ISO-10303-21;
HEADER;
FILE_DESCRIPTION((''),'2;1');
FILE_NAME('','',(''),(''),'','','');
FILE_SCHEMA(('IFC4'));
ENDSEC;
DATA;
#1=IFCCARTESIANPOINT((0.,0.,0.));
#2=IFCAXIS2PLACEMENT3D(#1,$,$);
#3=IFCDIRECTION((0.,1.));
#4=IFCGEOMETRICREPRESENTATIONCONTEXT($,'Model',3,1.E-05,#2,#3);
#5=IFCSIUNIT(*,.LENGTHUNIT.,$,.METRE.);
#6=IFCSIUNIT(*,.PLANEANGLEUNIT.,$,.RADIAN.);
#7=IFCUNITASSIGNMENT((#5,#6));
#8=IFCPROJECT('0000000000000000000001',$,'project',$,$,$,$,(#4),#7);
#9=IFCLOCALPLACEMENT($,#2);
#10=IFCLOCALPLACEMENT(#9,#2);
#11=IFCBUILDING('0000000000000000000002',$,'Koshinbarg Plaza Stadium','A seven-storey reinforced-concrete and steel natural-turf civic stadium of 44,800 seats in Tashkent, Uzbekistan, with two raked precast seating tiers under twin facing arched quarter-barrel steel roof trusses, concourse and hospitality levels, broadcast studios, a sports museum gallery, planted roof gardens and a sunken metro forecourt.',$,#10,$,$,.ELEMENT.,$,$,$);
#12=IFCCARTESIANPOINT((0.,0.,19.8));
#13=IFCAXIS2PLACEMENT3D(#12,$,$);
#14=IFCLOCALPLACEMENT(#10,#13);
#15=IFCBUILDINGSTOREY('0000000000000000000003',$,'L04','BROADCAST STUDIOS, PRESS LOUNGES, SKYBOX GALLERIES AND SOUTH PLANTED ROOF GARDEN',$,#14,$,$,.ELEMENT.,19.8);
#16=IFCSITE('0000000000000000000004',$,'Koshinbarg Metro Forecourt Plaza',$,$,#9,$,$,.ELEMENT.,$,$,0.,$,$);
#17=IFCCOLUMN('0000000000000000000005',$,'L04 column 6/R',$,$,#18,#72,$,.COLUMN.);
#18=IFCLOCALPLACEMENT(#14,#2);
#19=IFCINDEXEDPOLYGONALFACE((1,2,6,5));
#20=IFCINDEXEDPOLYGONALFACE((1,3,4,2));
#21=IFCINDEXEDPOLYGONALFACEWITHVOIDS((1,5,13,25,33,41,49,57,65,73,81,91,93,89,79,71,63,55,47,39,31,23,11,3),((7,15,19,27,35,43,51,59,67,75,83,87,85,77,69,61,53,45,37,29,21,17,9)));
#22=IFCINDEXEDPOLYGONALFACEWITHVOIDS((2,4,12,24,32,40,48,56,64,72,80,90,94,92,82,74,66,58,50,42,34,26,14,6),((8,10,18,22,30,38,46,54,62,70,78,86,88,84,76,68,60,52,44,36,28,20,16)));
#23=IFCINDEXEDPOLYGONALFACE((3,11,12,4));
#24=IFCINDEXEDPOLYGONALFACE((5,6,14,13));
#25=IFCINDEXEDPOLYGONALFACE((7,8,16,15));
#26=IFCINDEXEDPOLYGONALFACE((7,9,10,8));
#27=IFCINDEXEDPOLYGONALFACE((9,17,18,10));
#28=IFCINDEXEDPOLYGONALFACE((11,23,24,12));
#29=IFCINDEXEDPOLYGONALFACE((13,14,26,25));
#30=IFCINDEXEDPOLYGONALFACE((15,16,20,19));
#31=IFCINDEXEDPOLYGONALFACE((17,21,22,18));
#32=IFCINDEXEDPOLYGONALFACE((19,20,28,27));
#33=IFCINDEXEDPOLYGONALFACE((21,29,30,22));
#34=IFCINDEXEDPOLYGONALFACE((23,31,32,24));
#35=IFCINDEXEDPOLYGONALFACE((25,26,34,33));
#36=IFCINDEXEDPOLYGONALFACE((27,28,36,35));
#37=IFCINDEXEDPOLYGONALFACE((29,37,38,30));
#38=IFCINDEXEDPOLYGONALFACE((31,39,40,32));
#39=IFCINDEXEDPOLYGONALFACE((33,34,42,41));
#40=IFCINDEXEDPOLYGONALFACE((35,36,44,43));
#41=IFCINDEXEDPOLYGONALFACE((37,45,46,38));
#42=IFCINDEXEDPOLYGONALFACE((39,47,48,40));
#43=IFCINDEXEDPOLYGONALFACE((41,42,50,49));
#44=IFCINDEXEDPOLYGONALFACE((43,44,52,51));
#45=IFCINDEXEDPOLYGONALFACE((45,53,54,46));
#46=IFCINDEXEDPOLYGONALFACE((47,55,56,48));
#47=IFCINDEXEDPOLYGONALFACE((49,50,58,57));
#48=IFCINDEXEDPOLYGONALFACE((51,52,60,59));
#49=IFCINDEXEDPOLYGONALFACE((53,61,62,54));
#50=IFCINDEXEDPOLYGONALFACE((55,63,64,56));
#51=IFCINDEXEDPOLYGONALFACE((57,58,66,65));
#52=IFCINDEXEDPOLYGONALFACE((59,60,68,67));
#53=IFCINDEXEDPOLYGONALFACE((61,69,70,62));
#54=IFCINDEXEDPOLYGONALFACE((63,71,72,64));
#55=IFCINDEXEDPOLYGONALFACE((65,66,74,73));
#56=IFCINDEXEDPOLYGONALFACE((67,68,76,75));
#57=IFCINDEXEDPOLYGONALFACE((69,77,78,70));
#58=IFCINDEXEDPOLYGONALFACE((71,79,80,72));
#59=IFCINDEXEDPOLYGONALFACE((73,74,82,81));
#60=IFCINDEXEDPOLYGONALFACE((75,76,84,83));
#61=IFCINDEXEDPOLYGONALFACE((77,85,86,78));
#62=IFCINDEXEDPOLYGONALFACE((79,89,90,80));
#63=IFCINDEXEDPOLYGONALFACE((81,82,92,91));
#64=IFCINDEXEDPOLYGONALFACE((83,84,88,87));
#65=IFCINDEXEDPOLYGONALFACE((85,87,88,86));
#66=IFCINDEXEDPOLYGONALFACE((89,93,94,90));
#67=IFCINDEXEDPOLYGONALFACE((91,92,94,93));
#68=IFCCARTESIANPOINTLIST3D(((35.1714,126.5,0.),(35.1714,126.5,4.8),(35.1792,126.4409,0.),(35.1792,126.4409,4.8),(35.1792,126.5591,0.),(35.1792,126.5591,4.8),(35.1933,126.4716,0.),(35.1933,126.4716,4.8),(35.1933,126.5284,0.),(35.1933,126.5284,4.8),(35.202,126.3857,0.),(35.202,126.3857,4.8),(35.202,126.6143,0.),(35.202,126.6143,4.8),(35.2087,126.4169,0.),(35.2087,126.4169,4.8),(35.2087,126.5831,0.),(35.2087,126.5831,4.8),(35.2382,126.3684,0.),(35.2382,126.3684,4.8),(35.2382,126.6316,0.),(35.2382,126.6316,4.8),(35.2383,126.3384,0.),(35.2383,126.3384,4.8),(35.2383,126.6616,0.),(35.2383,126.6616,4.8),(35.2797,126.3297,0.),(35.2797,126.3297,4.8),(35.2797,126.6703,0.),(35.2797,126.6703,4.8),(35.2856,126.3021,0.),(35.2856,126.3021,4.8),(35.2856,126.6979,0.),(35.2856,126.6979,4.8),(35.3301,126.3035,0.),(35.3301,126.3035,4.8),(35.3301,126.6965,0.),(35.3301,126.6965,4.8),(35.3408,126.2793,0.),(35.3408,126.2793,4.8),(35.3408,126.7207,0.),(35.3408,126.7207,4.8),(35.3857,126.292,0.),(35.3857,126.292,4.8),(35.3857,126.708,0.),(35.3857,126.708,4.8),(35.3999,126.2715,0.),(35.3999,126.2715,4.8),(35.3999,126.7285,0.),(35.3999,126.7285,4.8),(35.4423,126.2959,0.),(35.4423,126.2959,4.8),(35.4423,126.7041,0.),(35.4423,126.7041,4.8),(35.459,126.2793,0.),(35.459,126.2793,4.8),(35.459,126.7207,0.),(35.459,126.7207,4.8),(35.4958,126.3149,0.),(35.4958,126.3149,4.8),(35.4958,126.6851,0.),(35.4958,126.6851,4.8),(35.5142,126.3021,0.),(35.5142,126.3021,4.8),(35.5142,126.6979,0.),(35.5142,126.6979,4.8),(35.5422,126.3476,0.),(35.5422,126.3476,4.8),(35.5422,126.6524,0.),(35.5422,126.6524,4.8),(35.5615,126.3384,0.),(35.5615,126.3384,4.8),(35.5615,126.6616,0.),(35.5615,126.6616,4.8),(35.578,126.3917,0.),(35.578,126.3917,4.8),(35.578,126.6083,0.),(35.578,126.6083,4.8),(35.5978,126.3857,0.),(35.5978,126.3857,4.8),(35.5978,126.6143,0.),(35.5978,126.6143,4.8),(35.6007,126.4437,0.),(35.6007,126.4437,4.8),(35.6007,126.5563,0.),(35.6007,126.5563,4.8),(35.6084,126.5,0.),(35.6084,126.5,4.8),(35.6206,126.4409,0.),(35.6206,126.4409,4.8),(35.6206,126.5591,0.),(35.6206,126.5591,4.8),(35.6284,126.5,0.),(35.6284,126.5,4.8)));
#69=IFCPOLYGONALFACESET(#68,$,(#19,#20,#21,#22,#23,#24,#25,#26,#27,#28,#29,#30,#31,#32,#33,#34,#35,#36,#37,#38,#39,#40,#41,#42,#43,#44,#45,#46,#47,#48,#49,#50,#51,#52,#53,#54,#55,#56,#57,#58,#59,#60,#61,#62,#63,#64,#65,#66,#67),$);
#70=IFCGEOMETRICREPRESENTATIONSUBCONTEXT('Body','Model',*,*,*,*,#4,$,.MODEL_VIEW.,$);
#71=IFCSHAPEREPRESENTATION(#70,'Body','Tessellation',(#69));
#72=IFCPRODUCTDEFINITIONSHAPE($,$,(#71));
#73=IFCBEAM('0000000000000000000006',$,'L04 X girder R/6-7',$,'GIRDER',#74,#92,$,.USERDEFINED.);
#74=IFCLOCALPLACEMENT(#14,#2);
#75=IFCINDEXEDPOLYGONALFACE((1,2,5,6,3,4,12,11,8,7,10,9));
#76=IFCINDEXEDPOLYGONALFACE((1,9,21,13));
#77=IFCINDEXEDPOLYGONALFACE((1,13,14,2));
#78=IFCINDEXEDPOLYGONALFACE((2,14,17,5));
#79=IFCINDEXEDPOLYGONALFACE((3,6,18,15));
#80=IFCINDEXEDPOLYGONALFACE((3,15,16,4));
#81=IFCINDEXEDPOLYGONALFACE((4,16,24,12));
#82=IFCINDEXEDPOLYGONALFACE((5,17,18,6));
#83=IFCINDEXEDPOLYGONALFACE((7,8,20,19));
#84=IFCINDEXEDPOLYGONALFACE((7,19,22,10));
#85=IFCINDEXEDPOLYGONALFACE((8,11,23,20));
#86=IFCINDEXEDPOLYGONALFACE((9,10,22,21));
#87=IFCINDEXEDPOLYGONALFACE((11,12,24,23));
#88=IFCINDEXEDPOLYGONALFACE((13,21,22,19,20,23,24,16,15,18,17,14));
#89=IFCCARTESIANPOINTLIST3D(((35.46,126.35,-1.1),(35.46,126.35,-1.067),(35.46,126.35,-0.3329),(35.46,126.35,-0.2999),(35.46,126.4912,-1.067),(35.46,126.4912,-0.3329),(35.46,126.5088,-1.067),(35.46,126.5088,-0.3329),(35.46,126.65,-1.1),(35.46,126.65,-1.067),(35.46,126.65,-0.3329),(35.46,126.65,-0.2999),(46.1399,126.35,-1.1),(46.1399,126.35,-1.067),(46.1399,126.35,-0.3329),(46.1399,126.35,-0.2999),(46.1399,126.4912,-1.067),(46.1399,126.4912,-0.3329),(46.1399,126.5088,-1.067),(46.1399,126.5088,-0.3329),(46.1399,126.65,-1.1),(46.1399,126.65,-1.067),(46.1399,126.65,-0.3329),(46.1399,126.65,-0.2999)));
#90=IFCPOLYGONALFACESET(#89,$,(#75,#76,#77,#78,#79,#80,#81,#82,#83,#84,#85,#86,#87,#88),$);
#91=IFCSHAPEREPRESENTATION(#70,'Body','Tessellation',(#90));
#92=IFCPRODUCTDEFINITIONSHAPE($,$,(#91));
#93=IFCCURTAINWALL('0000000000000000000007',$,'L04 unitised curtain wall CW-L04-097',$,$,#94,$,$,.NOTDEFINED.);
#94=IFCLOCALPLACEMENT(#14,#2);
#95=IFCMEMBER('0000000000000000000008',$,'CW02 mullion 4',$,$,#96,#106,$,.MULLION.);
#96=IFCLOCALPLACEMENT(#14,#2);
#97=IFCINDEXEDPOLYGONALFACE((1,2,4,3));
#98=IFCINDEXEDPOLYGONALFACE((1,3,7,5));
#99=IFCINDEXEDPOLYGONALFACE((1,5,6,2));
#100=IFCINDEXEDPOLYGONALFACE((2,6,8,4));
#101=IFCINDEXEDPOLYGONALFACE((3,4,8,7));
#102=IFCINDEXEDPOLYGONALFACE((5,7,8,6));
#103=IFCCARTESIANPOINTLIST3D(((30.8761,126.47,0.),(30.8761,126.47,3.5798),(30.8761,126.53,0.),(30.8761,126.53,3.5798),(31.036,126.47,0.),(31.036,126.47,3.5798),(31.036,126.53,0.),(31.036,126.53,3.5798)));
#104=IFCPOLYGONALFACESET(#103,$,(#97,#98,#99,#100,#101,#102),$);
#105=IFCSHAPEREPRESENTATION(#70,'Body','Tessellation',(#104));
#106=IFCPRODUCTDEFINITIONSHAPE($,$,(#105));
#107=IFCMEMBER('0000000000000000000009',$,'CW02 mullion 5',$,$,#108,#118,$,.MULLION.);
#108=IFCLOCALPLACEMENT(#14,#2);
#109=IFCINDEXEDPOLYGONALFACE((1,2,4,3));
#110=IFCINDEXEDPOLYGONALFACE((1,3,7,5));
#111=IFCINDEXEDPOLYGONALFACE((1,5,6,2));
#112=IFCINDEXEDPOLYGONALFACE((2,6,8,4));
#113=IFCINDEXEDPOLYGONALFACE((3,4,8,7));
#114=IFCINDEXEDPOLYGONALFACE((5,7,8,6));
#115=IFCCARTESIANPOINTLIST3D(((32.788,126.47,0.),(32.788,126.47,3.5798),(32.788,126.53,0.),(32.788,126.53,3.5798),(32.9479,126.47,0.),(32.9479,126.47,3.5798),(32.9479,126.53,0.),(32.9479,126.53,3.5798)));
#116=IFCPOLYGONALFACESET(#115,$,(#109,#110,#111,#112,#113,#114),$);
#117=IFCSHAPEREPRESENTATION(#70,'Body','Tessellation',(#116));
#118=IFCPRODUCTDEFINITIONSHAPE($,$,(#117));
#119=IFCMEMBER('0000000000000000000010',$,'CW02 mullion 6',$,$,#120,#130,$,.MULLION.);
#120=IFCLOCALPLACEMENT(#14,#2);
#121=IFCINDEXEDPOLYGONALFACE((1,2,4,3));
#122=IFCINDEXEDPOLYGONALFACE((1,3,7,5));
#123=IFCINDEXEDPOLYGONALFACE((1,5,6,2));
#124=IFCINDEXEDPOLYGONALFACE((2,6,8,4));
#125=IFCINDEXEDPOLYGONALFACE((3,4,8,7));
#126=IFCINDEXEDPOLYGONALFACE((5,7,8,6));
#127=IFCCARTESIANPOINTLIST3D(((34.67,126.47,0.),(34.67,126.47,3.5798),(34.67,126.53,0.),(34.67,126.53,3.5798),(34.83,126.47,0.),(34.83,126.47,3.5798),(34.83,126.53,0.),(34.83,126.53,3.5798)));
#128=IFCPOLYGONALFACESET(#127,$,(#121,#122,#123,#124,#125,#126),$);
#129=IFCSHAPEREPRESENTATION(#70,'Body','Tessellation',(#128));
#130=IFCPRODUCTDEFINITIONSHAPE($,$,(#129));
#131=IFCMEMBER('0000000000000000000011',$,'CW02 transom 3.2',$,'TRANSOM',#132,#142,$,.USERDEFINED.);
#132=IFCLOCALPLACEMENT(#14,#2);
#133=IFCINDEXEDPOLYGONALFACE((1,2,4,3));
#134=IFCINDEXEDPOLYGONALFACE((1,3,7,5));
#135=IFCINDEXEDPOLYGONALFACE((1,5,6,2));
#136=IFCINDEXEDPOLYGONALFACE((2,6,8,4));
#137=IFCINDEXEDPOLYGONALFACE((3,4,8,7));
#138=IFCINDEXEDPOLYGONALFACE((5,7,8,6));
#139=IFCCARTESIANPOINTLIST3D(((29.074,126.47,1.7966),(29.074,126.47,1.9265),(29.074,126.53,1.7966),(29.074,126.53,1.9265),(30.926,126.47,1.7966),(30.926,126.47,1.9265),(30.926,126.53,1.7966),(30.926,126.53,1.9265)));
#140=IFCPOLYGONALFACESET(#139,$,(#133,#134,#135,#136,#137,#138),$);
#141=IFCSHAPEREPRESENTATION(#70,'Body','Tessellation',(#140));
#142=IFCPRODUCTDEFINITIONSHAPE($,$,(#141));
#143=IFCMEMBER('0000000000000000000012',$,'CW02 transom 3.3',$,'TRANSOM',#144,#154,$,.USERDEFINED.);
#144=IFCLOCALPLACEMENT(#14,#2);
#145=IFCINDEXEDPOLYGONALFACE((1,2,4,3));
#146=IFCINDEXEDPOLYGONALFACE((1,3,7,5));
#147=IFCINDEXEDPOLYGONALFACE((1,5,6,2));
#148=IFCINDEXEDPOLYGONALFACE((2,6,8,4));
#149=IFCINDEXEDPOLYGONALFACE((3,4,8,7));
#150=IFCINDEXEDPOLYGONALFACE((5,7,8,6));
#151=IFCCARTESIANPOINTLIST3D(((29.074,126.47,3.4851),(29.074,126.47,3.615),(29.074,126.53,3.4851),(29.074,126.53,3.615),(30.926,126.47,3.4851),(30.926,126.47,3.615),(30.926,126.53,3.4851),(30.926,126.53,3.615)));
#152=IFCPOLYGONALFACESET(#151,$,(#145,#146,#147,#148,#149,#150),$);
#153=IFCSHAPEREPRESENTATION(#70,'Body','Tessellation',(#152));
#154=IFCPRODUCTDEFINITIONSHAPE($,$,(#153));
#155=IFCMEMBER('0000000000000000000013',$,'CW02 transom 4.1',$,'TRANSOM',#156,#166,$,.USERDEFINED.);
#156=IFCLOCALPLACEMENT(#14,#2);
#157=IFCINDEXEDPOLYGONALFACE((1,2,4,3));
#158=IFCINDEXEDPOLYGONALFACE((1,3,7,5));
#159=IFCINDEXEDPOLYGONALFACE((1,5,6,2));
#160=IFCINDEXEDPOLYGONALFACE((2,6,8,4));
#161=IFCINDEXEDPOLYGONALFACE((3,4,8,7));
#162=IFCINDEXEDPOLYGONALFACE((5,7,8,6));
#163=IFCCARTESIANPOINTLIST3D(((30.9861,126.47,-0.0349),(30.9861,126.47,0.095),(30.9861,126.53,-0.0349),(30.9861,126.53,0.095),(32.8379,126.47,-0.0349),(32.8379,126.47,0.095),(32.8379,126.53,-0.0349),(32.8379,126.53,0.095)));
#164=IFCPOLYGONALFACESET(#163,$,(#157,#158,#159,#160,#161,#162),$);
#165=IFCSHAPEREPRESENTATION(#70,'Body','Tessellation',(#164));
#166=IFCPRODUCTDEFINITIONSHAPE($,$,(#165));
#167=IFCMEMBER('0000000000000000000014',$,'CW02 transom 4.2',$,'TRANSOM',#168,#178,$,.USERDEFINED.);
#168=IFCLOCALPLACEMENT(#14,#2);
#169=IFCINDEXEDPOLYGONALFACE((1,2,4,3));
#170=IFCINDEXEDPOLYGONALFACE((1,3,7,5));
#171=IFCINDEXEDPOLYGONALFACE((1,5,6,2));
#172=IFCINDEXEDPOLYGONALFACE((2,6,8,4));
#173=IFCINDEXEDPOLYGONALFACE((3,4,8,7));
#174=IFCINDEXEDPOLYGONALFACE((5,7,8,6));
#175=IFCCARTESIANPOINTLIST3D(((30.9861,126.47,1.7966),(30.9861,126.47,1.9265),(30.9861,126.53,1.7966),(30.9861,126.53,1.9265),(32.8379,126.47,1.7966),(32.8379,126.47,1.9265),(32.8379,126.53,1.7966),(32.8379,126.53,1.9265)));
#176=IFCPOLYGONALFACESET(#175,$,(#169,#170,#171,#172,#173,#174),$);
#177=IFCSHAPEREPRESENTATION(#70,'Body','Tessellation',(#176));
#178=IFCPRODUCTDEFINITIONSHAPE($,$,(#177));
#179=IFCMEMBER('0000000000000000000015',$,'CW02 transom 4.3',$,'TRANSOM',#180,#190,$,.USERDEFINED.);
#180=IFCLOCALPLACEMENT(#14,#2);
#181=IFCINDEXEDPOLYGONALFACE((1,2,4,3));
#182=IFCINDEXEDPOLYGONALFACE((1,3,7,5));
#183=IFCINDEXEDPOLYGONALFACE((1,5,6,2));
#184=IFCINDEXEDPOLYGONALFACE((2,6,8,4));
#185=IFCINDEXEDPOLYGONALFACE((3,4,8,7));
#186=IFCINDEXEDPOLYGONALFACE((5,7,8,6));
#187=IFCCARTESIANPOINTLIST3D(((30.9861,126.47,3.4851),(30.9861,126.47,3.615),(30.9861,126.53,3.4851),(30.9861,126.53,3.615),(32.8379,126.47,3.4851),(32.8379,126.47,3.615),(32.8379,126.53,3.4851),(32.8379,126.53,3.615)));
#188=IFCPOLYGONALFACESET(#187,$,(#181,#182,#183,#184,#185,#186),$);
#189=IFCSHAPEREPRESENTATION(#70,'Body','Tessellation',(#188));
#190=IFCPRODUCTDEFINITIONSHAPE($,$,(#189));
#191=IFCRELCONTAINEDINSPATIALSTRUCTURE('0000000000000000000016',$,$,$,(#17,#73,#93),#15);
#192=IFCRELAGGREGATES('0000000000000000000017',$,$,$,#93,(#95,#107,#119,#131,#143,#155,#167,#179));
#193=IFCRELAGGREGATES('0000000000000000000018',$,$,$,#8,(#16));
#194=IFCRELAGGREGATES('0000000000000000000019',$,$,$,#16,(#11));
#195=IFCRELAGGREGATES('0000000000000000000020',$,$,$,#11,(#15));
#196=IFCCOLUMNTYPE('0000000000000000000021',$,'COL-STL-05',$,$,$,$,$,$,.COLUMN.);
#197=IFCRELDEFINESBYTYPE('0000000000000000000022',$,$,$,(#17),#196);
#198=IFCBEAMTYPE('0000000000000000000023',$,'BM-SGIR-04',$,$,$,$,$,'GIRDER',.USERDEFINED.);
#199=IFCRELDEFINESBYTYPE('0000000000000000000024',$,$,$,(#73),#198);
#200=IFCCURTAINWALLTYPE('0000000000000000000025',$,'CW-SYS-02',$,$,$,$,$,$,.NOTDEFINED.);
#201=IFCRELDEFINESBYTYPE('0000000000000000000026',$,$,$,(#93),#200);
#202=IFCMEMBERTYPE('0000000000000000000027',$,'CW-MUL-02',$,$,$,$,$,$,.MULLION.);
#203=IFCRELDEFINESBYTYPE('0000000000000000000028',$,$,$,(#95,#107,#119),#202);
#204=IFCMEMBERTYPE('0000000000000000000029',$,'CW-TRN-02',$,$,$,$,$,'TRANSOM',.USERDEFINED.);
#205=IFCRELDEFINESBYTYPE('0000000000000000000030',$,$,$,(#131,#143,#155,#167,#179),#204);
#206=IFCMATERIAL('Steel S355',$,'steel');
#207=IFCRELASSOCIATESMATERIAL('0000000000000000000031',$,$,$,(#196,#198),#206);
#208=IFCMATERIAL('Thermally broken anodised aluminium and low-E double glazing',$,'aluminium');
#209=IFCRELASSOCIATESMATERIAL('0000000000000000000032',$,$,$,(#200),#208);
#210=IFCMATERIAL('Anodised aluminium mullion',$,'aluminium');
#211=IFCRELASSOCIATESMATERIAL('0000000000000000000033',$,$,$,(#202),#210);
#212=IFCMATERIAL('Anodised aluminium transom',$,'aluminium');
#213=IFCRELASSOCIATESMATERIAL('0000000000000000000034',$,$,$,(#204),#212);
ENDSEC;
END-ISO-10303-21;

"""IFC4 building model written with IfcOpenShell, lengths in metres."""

from ifc_helpers import new_model, si_unit, direction, frame, origin, origin_2d, place, context, subcontext, project, spatial, rectangle, hollow_circle, i_section, extrude, material, material_profile, profile_set, type_object, element, aggregate, save


model = new_model("IFC4")

# Units and contexts
model_context = context("Model", 3, precision=1e-05, world=origin(), true_north=direction((0.0, 1.0)))
body_context = subcontext(model_context, "Body", "Model", "MODEL_VIEW")
ifc_project = project(units=[si_unit("LENGTHUNIT", "METRE"), si_unit("PLANEANGLEUNIT", "RADIAN")], contexts=[model_context])

# Site, building, storey
site_placement = place(None, origin())
site = spatial("IfcSite", under=ifc_project, at=site_placement, Name="Koshinbarg Metro Forecourt Plaza", CompositionType="ELEMENT", RefElevation=0.0)
building_placement = place(site_placement, origin())
building = spatial("IfcBuilding", under=site, at=building_placement, Name="Koshinbarg Plaza Stadium", Description="A seven-storey reinforced-concrete and steel natural-turf civic stadium of 44,800 seats in Tashkent, Uzbekistan, with two raked precast seating tiers under twin facing arched quarter-barrel steel roof trusses, concourse and hospitality levels, broadcast studios, a sports museum gallery, planted roof gardens and a sunken metro forecourt.", CompositionType="ELEMENT")
storey_placement = place(building_placement, frame((0.0, 0.0, 19.8)))
storey = spatial("IfcBuildingStorey", under=building, at=storey_placement, Name="L04", Description="BROADCAST STUDIOS, PRESS LOUNGES, SKYBOX GALLERIES AND SOUTH PLANTED ROOF GARDEN", CompositionType="ELEMENT", Elevation=19.8)

# Column
ifc_material_1 = material(Name="Steel S355", Category="steel")
ifc_material_profile_1 = material_profile(ifc_material_1, hollow_circle(Radius=0.2285, WallThickness=0.02, at=origin_2d()), Name="CHS 457x20")
ifc_profile_set_1 = profile_set([ifc_material_profile_1], Name="Steel S355")
column_type = type_object("IfcColumnType", Name="COL-STL-05", PredefinedType="COLUMN", material=ifc_profile_set_1)
column_placement = place(storey_placement, frame((35.3999, 126.5, 0.0), z_axis=(0.0, 0.0, 1.0), x_axis=(1.0, 0.0, 0.0)))
element("IfcColumn", 1, at=column_placement, inside=storey, type_object=column_type, Name="L04 column 6/R", PredefinedType="COLUMN", context=body_context, shape_type="SweptSolid", body=[
    extrude(hollow_circle(Radius=0.2285, WallThickness=0.02, at=origin_2d()), origin(), (0.0, 0.0, 1.0), 4.8),
])

# Beam
ifc_material_profile_2 = material_profile(ifc_material_1, i_section(OverallWidth=0.3, OverallDepth=0.8, WebThickness=0.0176, FlangeThickness=0.033, at=origin_2d()), Name="HEB 800")
ifc_profile_set_2 = profile_set([ifc_material_profile_2], Name="Steel S355")
beam_type = type_object("IfcBeamType", Name="BM-SGIR-04", ElementType="GIRDER", PredefinedType="USERDEFINED", material=ifc_profile_set_2)
beam_placement = place(storey_placement, frame((35.46, 126.5, -0.7), z_axis=(1.0, 0.0, 0.0), x_axis=(0.0, 1.0, 0.0)))
element("IfcBeam", 2, at=beam_placement, inside=storey, type_object=beam_type, Name="L04 X girder R/6-7", ObjectType="GIRDER", PredefinedType="USERDEFINED", context=body_context, shape_type="SweptSolid", body=[
    extrude(i_section(OverallWidth=0.3, OverallDepth=0.8, WebThickness=0.0176, FlangeThickness=0.033, at=origin_2d()), origin(), (0.0, 0.0, 1.0), 10.6799),
])

# Curtain wall, members
ifc_material_2 = material(Name="Thermally broken anodised aluminium and low-E double glazing", Category="aluminium")
curtain_wall_type = type_object("IfcCurtainWallType", Name="CW-SYS-02", PredefinedType="NOTDEFINED", material=ifc_material_2)
curtain_wall_placement = place(storey_placement, origin())
curtain_wall = element("IfcCurtainWall", 3, at=curtain_wall_placement, inside=storey, type_object=curtain_wall_type, Name="L04 unitised curtain wall CW-L04-097", PredefinedType="NOTDEFINED")
ifc_material_3 = material(Name="Anodised aluminium mullion", Category="aluminium")
ifc_material_profile_3 = material_profile(ifc_material_3, rectangle(XDim=0.0601, YDim=0.1599, at=origin_2d()), Name="ALU 60x160")
ifc_profile_set_3 = profile_set([ifc_material_profile_3], Name="Anodised aluminium mullion")
member_type_1 = type_object("IfcMemberType", Name="CW-MUL-02", PredefinedType="MULLION", material=ifc_profile_set_3)
member_1_placement = place(storey_placement, frame((30.9561, 126.5, 0.0), z_axis=(0.0, 0.0, 1.0), x_axis=(0.0, 1.0, 0.0)))
member_1 = element("IfcMember", 4, at=member_1_placement, type_object=member_type_1, Name="CW02 mullion 4", PredefinedType="MULLION", context=body_context, shape_type="SweptSolid", body=[
    extrude(rectangle(XDim=0.0601, YDim=0.1599, at=origin_2d()), origin(), (0.0, 0.0, 1.0), 3.5798),
])
member_2_placement = place(storey_placement, frame((32.8679, 126.5, 0.0), z_axis=(0.0, 0.0, 1.0), x_axis=(0.0, 1.0, 0.0)))
member_2 = element("IfcMember", 5, at=member_2_placement, type_object=member_type_1, Name="CW02 mullion 5", PredefinedType="MULLION", context=body_context, shape_type="SweptSolid", body=[
    extrude(rectangle(XDim=0.0601, YDim=0.1599, at=origin_2d()), origin(), (0.0, 0.0, 1.0), 3.5798),
])
member_3_placement = place(storey_placement, frame((34.75, 126.5, 0.0), z_axis=(0.0, 0.0, 1.0), x_axis=(0.0, 1.0, 0.0)))
member_3 = element("IfcMember", 6, at=member_3_placement, type_object=member_type_1, Name="CW02 mullion 6", PredefinedType="MULLION", context=body_context, shape_type="SweptSolid", body=[
    extrude(rectangle(XDim=0.0601, YDim=0.1599, at=origin_2d()), origin(), (0.0, 0.0, 1.0), 3.5798),
])
ifc_material_4 = material(Name="Anodised aluminium transom", Category="aluminium")
ifc_material_profile_4 = material_profile(ifc_material_4, rectangle(XDim=0.0601, YDim=0.1299, at=origin_2d()), Name="ALU 60x130")
ifc_profile_set_4 = profile_set([ifc_material_profile_4], Name="Anodised aluminium transom")
member_type_2 = type_object("IfcMemberType", Name="CW-TRN-02", ElementType="TRANSOM", PredefinedType="USERDEFINED", material=ifc_profile_set_4)
member_4_placement = place(storey_placement, frame((29.074, 126.5, 1.8616), z_axis=(1.0, 0.0, 0.0), x_axis=(0.0, 1.0, 0.0)))
member_4 = element("IfcMember", 7, at=member_4_placement, type_object=member_type_2, Name="CW02 transom 3.2", ObjectType="TRANSOM", PredefinedType="USERDEFINED", context=body_context, shape_type="SweptSolid", body=[
    extrude(rectangle(XDim=0.0601, YDim=0.1299, at=origin_2d()), origin(), (0.0, 0.0, 1.0), 1.8521),
])
member_5_placement = place(storey_placement, frame((29.074, 126.5, 3.55), z_axis=(1.0, 0.0, 0.0), x_axis=(0.0, 1.0, 0.0)))
member_5 = element("IfcMember", 8, at=member_5_placement, type_object=member_type_2, Name="CW02 transom 3.3", ObjectType="TRANSOM", PredefinedType="USERDEFINED", context=body_context, shape_type="SweptSolid", body=[
    extrude(rectangle(XDim=0.0601, YDim=0.1299, at=origin_2d()), origin(), (0.0, 0.0, 1.0), 1.8521),
])
member_6_placement = place(storey_placement, frame((30.9861, 126.5, 0.03), z_axis=(1.0, 0.0, 0.0), x_axis=(0.0, 1.0, 0.0)))
member_6 = element("IfcMember", 9, at=member_6_placement, type_object=member_type_2, Name="CW02 transom 4.1", ObjectType="TRANSOM", PredefinedType="USERDEFINED", context=body_context, shape_type="SweptSolid", body=[
    extrude(rectangle(XDim=0.0601, YDim=0.1299, at=origin_2d()), origin(), (0.0, 0.0, 1.0), 1.8518),
])
member_7_placement = place(storey_placement, frame((30.9861, 126.5, 1.8616), z_axis=(1.0, 0.0, 0.0), x_axis=(0.0, 1.0, 0.0)))
member_7 = element("IfcMember", 10, at=member_7_placement, type_object=member_type_2, Name="CW02 transom 4.2", ObjectType="TRANSOM", PredefinedType="USERDEFINED", context=body_context, shape_type="SweptSolid", body=[
    extrude(rectangle(XDim=0.0601, YDim=0.1299, at=origin_2d()), origin(), (0.0, 0.0, 1.0), 1.8518),
])
member_8_placement = place(storey_placement, frame((30.9861, 126.5, 3.55), z_axis=(1.0, 0.0, 0.0), x_axis=(0.0, 1.0, 0.0)))
member_8 = element("IfcMember", 11, at=member_8_placement, type_object=member_type_2, Name="CW02 transom 4.3", ObjectType="TRANSOM", PredefinedType="USERDEFINED", context=body_context, shape_type="SweptSolid", body=[
    extrude(rectangle(XDim=0.0601, YDim=0.1299, at=origin_2d()), origin(), (0.0, 0.0, 1.0), 1.8518),
])
aggregate(curtain_wall, [member_1, member_2, member_3, member_4, member_5, member_6, member_7, member_8])

save(model, "model.ifc")
